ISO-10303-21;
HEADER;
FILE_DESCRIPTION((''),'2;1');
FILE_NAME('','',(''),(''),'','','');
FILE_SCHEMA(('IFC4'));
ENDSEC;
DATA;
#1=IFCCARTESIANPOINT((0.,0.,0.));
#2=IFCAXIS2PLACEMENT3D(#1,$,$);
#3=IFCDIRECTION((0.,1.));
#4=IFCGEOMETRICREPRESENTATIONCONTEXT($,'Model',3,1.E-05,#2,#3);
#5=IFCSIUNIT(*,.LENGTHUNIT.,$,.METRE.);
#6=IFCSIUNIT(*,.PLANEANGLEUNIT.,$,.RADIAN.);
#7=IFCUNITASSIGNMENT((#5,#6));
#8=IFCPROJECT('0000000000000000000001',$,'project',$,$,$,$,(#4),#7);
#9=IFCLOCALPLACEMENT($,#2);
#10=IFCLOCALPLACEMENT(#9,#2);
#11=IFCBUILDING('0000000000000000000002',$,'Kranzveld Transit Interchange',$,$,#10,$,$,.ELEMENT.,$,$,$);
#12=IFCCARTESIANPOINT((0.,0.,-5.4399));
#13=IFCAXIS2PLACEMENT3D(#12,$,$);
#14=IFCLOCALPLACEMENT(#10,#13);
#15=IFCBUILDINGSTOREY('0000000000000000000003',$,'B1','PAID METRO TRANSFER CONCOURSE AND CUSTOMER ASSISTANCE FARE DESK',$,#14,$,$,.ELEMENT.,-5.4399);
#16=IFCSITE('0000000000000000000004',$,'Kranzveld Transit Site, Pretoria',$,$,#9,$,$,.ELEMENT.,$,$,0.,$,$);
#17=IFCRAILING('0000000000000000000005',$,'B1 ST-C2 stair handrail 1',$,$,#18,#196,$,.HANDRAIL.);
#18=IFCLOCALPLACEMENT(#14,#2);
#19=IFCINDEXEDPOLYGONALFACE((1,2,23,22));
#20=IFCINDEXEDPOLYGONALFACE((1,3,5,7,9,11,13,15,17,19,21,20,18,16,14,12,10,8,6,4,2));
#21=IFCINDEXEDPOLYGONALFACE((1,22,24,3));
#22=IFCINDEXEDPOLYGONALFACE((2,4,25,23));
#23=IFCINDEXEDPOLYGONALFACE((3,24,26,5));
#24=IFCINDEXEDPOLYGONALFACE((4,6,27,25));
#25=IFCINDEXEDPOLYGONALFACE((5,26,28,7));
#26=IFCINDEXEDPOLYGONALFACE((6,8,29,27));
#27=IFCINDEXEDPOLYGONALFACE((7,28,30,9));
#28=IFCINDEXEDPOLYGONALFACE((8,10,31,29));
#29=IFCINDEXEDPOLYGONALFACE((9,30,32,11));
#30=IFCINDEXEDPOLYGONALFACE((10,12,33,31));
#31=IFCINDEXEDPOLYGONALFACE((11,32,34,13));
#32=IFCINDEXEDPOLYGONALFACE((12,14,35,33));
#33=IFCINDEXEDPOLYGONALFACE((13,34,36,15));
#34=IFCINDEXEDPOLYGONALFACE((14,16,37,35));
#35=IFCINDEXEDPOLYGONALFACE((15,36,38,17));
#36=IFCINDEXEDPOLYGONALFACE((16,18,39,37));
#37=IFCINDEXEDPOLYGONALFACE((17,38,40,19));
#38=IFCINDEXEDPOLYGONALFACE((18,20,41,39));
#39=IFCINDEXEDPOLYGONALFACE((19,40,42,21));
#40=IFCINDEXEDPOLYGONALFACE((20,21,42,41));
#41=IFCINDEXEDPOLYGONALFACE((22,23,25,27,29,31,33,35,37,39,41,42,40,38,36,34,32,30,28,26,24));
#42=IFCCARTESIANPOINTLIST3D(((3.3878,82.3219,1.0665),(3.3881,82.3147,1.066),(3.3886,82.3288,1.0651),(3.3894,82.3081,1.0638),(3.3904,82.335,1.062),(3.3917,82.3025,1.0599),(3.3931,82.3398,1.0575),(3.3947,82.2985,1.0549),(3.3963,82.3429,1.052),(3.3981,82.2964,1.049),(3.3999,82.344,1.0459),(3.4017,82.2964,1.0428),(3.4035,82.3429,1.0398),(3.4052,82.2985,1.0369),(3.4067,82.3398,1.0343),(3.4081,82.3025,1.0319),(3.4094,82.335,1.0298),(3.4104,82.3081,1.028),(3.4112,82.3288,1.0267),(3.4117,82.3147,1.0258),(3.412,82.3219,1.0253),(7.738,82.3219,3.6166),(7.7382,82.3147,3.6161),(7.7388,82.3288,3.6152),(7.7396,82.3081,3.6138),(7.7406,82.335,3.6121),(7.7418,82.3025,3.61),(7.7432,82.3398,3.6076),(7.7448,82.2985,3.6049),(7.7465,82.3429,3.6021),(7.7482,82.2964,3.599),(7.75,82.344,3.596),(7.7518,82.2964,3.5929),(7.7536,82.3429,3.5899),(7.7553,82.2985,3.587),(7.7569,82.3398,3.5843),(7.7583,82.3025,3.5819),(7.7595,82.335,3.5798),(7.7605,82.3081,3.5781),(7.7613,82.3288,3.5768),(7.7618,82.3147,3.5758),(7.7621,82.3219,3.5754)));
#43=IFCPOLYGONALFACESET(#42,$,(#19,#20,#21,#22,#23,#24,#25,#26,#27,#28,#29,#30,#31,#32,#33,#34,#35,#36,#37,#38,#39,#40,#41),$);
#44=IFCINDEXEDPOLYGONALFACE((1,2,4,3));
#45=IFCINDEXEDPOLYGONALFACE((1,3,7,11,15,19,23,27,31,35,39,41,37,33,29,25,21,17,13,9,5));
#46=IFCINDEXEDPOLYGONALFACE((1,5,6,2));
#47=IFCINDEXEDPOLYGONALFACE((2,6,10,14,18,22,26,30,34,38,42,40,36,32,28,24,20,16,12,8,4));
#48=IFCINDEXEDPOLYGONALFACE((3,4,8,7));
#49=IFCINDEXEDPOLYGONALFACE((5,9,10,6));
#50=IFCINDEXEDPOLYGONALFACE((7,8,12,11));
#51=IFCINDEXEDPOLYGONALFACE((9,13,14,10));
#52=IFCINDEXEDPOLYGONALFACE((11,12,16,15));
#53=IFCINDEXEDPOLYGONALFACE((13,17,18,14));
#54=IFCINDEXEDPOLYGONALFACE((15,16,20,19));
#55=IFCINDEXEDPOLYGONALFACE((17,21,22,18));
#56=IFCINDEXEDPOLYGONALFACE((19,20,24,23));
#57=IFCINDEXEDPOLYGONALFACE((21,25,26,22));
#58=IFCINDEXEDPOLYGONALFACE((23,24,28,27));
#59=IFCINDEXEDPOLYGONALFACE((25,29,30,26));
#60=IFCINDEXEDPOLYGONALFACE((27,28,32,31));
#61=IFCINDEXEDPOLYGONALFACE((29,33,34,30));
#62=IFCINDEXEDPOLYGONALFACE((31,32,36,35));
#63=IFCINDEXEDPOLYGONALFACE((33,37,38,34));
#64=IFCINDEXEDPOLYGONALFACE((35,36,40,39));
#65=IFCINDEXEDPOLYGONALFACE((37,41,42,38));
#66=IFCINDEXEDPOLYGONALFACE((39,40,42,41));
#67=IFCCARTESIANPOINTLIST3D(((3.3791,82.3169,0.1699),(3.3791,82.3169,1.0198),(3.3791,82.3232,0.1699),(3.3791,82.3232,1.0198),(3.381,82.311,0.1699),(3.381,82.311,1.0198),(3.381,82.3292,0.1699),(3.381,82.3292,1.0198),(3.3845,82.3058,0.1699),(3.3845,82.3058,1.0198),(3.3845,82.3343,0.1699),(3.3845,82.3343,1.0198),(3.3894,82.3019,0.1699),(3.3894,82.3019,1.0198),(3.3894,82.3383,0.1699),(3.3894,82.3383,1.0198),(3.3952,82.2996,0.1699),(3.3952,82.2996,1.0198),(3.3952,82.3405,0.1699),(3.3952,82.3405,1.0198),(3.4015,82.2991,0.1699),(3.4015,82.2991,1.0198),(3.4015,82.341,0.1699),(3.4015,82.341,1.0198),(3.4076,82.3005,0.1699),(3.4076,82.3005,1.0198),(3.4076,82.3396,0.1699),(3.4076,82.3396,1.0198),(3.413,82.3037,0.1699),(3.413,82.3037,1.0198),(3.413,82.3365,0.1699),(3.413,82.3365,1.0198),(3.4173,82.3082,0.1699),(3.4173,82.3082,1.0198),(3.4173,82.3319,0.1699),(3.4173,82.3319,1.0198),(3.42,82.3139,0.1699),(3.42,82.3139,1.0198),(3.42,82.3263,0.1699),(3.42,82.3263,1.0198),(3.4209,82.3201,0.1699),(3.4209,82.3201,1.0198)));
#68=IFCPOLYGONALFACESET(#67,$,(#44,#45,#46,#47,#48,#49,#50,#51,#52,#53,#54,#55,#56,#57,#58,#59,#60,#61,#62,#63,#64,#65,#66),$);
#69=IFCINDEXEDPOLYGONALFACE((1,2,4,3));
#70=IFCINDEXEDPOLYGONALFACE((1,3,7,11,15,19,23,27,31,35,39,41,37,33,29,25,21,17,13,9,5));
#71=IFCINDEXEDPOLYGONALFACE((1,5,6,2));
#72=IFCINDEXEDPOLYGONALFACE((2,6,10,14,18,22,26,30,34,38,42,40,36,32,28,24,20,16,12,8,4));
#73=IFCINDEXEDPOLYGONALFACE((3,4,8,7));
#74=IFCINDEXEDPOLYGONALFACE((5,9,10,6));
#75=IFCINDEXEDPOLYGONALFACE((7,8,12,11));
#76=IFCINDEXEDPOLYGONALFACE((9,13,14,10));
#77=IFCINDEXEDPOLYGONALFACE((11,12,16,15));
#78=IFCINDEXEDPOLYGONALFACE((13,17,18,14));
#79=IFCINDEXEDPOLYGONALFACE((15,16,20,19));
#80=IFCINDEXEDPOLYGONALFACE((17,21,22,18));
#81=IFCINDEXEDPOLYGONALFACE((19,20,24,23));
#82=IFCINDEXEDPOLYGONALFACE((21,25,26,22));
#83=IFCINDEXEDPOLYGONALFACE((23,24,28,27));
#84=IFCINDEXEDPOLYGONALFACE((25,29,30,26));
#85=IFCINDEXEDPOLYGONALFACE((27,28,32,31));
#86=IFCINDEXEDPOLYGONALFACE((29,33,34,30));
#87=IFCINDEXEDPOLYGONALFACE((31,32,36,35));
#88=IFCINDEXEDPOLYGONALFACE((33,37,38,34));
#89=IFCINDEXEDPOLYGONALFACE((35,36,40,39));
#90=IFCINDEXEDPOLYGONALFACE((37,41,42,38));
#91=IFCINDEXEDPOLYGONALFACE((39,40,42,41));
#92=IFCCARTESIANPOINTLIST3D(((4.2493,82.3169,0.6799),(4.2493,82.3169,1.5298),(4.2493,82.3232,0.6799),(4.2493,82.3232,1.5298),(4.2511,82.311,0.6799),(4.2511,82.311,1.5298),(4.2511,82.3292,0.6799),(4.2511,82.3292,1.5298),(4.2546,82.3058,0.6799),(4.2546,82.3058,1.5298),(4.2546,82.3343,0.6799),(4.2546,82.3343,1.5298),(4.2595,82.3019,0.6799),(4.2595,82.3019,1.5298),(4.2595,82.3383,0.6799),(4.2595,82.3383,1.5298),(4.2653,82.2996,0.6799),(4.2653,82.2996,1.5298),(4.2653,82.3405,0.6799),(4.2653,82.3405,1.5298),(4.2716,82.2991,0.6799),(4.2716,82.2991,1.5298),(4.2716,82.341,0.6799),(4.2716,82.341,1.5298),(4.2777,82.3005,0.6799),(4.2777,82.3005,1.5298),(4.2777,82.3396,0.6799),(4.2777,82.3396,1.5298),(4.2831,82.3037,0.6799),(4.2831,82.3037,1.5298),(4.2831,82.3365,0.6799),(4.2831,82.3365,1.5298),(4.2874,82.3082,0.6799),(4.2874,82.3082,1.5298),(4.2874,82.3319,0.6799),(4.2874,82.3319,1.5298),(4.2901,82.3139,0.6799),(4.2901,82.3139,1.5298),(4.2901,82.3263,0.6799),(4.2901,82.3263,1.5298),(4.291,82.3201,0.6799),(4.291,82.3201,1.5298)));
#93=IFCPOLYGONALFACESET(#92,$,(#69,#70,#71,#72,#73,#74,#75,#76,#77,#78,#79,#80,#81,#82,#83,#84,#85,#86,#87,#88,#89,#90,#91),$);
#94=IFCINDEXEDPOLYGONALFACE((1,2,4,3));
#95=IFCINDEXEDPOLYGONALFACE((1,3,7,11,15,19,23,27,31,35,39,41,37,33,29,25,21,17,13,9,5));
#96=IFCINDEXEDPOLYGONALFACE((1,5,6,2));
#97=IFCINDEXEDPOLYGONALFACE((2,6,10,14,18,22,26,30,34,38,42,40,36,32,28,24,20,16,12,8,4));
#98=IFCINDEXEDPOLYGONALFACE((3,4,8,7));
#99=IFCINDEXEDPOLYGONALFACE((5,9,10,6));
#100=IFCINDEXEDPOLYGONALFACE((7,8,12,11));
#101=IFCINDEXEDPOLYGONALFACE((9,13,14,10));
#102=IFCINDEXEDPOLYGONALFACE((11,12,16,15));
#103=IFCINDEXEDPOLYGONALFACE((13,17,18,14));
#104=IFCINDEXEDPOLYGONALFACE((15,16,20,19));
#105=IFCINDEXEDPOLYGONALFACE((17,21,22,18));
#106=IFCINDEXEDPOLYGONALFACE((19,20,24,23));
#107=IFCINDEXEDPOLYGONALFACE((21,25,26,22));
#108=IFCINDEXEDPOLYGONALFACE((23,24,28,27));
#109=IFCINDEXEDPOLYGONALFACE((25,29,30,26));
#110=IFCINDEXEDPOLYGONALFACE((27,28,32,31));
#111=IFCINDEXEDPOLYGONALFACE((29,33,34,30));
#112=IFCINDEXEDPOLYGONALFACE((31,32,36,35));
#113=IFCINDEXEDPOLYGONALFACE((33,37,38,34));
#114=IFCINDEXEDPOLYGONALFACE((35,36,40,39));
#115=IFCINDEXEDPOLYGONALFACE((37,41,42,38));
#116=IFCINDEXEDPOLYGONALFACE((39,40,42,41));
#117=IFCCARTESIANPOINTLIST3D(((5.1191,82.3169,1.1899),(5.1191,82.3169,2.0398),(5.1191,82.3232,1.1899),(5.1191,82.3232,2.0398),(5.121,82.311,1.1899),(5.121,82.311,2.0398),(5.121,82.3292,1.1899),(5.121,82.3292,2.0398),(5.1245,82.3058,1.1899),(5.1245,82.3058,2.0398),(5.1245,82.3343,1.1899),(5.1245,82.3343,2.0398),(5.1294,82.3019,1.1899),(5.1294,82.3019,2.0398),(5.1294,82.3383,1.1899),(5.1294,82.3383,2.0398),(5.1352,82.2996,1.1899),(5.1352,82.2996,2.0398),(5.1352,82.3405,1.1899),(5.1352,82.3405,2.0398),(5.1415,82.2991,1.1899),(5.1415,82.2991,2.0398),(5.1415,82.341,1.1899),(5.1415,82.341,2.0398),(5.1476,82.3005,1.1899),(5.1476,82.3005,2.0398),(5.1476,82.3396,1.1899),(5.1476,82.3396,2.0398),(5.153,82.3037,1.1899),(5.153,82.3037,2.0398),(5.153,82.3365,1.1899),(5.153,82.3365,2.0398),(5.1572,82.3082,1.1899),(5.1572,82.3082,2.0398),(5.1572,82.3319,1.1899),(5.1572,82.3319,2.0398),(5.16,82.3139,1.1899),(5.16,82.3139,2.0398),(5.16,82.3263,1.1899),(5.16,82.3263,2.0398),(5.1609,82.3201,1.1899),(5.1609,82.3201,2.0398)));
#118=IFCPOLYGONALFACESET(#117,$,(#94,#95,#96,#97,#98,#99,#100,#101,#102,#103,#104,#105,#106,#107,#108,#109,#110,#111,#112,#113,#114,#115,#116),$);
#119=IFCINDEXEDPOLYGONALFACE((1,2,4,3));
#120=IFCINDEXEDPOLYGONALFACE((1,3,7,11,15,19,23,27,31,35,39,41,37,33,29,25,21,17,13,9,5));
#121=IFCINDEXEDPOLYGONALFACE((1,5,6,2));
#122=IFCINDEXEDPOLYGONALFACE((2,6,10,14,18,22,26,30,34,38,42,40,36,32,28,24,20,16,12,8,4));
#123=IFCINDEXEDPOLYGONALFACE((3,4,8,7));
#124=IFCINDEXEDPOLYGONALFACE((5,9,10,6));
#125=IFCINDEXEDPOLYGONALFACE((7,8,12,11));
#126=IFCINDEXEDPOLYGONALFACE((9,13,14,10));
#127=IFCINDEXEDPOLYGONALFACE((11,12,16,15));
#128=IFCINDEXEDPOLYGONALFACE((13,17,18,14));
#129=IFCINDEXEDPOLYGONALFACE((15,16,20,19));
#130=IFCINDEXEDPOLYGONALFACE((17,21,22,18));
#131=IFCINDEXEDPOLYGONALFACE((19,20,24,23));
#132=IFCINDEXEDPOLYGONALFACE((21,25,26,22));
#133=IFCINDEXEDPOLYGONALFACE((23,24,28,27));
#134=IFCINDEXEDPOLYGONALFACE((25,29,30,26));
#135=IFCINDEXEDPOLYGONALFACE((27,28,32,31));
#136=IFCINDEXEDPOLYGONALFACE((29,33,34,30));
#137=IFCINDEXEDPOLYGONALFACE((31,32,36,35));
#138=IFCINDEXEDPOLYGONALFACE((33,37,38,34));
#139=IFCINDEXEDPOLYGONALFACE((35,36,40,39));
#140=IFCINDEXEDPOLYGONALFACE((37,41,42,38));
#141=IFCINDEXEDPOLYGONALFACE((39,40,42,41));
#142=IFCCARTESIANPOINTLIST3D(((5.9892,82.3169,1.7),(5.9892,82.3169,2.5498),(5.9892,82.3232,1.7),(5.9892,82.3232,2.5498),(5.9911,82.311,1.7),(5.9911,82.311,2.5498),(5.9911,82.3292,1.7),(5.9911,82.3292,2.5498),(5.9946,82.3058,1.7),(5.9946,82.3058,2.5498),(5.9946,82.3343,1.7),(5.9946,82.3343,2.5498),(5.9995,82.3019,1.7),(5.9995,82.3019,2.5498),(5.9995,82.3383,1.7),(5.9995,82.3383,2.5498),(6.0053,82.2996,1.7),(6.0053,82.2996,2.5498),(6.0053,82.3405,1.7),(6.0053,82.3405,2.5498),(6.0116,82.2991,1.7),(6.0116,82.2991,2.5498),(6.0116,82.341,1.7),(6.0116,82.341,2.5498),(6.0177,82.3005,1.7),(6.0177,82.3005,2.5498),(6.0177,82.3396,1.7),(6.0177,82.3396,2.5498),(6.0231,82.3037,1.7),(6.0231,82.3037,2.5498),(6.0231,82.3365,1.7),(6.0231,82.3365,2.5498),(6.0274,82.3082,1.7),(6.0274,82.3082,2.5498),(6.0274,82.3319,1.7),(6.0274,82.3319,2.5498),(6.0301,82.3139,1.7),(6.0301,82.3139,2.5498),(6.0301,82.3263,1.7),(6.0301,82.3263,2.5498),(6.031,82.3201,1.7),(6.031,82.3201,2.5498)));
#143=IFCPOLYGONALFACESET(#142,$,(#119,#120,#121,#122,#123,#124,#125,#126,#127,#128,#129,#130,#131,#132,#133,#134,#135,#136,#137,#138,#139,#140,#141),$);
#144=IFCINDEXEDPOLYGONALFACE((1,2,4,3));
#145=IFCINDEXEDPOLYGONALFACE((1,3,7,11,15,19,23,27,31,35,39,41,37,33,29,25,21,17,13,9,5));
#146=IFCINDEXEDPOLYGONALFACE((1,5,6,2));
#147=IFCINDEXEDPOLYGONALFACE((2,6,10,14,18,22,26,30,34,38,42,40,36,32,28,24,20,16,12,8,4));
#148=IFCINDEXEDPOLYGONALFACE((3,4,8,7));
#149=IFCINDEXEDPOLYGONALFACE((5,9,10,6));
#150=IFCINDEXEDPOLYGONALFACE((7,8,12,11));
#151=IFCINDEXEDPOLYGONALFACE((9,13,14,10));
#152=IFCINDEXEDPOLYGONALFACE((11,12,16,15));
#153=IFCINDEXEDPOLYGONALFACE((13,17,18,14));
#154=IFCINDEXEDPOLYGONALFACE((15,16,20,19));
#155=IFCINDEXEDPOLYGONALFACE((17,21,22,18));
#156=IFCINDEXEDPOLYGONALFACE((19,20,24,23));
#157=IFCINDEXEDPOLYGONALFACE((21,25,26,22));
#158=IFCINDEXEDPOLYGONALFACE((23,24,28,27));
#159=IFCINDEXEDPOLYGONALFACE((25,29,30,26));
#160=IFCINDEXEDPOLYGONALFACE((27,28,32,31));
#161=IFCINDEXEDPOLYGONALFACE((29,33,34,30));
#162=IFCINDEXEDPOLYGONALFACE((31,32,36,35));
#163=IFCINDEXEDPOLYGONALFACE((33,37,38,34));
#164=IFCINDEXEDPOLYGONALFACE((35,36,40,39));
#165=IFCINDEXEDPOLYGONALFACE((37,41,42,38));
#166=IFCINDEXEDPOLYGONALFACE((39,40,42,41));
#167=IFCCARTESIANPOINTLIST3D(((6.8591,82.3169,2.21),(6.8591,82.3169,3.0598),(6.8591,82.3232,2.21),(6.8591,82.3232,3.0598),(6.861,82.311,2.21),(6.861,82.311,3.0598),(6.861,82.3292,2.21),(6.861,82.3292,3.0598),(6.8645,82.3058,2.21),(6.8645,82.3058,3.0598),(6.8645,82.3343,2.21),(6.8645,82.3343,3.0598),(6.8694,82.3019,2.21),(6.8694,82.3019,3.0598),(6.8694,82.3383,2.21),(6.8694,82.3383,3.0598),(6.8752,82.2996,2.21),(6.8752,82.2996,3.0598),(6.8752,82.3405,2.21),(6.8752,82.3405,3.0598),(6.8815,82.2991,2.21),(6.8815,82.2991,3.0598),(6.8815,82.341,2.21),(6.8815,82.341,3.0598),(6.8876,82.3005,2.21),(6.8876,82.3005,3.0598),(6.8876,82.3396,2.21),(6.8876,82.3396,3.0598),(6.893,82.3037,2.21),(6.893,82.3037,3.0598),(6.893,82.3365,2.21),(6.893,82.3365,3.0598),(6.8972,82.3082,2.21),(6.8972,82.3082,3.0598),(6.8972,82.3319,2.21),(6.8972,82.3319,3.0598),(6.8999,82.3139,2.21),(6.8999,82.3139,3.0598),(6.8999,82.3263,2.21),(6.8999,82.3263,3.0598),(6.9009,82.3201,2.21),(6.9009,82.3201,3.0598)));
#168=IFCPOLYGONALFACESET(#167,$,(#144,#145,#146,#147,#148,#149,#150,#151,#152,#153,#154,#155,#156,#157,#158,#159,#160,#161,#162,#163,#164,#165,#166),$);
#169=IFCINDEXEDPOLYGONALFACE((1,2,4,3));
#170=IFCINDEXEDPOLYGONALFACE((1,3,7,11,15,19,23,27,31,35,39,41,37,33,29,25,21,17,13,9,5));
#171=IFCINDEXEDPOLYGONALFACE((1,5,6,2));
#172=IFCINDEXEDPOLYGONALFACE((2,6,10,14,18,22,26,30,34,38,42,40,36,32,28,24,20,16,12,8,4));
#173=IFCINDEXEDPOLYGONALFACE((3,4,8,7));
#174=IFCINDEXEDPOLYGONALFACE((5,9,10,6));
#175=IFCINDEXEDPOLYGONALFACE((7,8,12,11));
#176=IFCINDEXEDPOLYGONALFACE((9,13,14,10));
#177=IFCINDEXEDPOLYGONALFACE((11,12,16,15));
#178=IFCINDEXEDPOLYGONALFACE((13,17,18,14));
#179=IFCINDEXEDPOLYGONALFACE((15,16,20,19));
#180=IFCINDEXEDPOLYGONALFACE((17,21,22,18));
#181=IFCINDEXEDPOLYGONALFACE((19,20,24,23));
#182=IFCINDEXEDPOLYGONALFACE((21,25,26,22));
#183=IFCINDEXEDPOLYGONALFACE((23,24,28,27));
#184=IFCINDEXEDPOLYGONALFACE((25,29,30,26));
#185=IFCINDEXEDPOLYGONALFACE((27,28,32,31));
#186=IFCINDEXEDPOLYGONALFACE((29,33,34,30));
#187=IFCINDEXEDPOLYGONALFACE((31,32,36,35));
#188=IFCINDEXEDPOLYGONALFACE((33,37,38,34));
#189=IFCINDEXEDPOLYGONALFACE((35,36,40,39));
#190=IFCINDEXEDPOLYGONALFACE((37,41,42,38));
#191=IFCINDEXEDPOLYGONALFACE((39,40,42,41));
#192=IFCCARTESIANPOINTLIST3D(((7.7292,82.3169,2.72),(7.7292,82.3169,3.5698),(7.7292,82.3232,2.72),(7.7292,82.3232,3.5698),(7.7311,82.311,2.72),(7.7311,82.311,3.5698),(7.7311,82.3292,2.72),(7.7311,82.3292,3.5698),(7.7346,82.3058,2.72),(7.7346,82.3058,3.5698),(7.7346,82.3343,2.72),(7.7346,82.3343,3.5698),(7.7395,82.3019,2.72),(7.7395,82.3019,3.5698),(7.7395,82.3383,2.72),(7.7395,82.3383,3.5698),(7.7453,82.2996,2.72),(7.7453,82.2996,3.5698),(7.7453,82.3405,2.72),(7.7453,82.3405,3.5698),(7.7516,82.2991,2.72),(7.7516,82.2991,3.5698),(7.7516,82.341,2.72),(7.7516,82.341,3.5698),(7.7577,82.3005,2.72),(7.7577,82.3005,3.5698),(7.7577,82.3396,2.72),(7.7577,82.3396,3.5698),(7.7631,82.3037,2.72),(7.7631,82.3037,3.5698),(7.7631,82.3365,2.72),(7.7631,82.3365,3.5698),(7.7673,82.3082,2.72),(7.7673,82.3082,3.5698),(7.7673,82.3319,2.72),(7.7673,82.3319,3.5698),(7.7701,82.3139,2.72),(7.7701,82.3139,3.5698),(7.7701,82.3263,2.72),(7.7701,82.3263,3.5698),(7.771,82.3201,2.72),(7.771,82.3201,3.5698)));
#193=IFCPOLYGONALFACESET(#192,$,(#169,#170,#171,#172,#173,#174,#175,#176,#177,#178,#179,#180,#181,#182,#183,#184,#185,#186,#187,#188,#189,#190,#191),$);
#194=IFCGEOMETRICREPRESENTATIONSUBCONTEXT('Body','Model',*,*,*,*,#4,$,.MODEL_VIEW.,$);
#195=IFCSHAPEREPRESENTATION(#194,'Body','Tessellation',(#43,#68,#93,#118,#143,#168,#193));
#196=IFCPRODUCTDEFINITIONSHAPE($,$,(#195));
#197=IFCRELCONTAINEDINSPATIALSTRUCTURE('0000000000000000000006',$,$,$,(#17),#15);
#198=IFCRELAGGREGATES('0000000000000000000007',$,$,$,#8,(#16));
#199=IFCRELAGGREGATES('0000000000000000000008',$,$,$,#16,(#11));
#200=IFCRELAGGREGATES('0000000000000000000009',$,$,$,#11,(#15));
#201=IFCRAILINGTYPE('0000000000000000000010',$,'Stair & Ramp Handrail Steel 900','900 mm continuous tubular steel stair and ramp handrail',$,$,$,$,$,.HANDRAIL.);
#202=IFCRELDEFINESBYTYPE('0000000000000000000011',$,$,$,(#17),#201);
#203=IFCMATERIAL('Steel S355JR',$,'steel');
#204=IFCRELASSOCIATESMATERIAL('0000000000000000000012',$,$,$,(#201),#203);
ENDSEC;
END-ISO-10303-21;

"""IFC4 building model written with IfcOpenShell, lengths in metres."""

from ifc_helpers import new_model, si_unit, direction, frame, origin, origin_2d, place, context, subcontext, project, spatial, circle, extrude, material, type_object, element, save


model = new_model("IFC4")

# Units and contexts
model_context = context("Model", 3, precision=1e-05, world=origin(), true_north=direction((0.0, 1.0)))
body_context = subcontext(model_context, "Body", "Model", "MODEL_VIEW")
ifc_project = project(units=[si_unit("LENGTHUNIT", "METRE"), si_unit("PLANEANGLEUNIT", "RADIAN")], contexts=[model_context])

# Site, building, storey
site_placement = place(None, origin())
site = spatial("IfcSite", under=ifc_project, at=site_placement, Name="Kranzveld Transit Site, Pretoria", CompositionType="ELEMENT", RefElevation=0.0)
building_placement = place(site_placement, origin())
building = spatial("IfcBuilding", under=site, at=building_placement, Name="Kranzveld Transit Interchange", CompositionType="ELEMENT")
storey_placement = place(building_placement, frame((0.0, 0.0, -5.4399)))
storey = spatial("IfcBuildingStorey", under=building, at=storey_placement, Name="B1", Description="PAID METRO TRANSFER CONCOURSE AND CUSTOMER ASSISTANCE FARE DESK", CompositionType="ELEMENT", Elevation=-5.4399)

# Railing
ifc_material_1 = material(Name="Steel S355JR", Category="steel")
railing_type_1 = type_object("IfcRailingType", Name="Stair & Ramp Handrail Steel 900", Description="900 mm continuous tubular steel stair and ramp handrail", PredefinedType="HANDRAIL", material=ifc_material_1)
railing_1_placement = place(storey_placement, frame((3.3999, 82.3201, 0.1699)))
element("IfcRailing", 1, at=railing_1_placement, inside=storey, type_object=railing_type_1, Name="B1 ST-C2 stair handrail 1", PredefinedType="HANDRAIL", context=body_context, shape_type="SweptSolid", body=[
    extrude(circle(Radius=0.0239, at=origin_2d()), frame((0.0, 0.0, 0.876), z_axis=(0.862699, 0.0, 0.505718), x_axis=(0.0, 1.0, 0.0)), (0.0, 0.0, 1.0), 5.0425),
    extrude(circle(Radius=0.021, at=origin_2d()), origin(), (0.0, 0.0, 1.0), 0.8499),
    extrude(circle(Radius=0.021, at=origin_2d()), frame((0.8701, 0.0, 0.51)), (0.0, 0.0, 1.0), 0.8499),
    extrude(circle(Radius=0.021, at=origin_2d()), frame((1.74, 0.0, 1.02)), (0.0, 0.0, 1.0), 0.8499),
    extrude(circle(Radius=0.021, at=origin_2d()), frame((2.6101, 0.0, 1.53)), (0.0, 0.0, 1.0), 0.8499),
    extrude(circle(Radius=0.021, at=origin_2d()), frame((3.48, 0.0, 2.04)), (0.0, 0.0, 1.0), 0.8499),
    extrude(circle(Radius=0.021, at=origin_2d()), frame((4.3501, 0.0, 2.55)), (0.0, 0.0, 1.0), 0.8499),
])

save(model, "model.ifc")
